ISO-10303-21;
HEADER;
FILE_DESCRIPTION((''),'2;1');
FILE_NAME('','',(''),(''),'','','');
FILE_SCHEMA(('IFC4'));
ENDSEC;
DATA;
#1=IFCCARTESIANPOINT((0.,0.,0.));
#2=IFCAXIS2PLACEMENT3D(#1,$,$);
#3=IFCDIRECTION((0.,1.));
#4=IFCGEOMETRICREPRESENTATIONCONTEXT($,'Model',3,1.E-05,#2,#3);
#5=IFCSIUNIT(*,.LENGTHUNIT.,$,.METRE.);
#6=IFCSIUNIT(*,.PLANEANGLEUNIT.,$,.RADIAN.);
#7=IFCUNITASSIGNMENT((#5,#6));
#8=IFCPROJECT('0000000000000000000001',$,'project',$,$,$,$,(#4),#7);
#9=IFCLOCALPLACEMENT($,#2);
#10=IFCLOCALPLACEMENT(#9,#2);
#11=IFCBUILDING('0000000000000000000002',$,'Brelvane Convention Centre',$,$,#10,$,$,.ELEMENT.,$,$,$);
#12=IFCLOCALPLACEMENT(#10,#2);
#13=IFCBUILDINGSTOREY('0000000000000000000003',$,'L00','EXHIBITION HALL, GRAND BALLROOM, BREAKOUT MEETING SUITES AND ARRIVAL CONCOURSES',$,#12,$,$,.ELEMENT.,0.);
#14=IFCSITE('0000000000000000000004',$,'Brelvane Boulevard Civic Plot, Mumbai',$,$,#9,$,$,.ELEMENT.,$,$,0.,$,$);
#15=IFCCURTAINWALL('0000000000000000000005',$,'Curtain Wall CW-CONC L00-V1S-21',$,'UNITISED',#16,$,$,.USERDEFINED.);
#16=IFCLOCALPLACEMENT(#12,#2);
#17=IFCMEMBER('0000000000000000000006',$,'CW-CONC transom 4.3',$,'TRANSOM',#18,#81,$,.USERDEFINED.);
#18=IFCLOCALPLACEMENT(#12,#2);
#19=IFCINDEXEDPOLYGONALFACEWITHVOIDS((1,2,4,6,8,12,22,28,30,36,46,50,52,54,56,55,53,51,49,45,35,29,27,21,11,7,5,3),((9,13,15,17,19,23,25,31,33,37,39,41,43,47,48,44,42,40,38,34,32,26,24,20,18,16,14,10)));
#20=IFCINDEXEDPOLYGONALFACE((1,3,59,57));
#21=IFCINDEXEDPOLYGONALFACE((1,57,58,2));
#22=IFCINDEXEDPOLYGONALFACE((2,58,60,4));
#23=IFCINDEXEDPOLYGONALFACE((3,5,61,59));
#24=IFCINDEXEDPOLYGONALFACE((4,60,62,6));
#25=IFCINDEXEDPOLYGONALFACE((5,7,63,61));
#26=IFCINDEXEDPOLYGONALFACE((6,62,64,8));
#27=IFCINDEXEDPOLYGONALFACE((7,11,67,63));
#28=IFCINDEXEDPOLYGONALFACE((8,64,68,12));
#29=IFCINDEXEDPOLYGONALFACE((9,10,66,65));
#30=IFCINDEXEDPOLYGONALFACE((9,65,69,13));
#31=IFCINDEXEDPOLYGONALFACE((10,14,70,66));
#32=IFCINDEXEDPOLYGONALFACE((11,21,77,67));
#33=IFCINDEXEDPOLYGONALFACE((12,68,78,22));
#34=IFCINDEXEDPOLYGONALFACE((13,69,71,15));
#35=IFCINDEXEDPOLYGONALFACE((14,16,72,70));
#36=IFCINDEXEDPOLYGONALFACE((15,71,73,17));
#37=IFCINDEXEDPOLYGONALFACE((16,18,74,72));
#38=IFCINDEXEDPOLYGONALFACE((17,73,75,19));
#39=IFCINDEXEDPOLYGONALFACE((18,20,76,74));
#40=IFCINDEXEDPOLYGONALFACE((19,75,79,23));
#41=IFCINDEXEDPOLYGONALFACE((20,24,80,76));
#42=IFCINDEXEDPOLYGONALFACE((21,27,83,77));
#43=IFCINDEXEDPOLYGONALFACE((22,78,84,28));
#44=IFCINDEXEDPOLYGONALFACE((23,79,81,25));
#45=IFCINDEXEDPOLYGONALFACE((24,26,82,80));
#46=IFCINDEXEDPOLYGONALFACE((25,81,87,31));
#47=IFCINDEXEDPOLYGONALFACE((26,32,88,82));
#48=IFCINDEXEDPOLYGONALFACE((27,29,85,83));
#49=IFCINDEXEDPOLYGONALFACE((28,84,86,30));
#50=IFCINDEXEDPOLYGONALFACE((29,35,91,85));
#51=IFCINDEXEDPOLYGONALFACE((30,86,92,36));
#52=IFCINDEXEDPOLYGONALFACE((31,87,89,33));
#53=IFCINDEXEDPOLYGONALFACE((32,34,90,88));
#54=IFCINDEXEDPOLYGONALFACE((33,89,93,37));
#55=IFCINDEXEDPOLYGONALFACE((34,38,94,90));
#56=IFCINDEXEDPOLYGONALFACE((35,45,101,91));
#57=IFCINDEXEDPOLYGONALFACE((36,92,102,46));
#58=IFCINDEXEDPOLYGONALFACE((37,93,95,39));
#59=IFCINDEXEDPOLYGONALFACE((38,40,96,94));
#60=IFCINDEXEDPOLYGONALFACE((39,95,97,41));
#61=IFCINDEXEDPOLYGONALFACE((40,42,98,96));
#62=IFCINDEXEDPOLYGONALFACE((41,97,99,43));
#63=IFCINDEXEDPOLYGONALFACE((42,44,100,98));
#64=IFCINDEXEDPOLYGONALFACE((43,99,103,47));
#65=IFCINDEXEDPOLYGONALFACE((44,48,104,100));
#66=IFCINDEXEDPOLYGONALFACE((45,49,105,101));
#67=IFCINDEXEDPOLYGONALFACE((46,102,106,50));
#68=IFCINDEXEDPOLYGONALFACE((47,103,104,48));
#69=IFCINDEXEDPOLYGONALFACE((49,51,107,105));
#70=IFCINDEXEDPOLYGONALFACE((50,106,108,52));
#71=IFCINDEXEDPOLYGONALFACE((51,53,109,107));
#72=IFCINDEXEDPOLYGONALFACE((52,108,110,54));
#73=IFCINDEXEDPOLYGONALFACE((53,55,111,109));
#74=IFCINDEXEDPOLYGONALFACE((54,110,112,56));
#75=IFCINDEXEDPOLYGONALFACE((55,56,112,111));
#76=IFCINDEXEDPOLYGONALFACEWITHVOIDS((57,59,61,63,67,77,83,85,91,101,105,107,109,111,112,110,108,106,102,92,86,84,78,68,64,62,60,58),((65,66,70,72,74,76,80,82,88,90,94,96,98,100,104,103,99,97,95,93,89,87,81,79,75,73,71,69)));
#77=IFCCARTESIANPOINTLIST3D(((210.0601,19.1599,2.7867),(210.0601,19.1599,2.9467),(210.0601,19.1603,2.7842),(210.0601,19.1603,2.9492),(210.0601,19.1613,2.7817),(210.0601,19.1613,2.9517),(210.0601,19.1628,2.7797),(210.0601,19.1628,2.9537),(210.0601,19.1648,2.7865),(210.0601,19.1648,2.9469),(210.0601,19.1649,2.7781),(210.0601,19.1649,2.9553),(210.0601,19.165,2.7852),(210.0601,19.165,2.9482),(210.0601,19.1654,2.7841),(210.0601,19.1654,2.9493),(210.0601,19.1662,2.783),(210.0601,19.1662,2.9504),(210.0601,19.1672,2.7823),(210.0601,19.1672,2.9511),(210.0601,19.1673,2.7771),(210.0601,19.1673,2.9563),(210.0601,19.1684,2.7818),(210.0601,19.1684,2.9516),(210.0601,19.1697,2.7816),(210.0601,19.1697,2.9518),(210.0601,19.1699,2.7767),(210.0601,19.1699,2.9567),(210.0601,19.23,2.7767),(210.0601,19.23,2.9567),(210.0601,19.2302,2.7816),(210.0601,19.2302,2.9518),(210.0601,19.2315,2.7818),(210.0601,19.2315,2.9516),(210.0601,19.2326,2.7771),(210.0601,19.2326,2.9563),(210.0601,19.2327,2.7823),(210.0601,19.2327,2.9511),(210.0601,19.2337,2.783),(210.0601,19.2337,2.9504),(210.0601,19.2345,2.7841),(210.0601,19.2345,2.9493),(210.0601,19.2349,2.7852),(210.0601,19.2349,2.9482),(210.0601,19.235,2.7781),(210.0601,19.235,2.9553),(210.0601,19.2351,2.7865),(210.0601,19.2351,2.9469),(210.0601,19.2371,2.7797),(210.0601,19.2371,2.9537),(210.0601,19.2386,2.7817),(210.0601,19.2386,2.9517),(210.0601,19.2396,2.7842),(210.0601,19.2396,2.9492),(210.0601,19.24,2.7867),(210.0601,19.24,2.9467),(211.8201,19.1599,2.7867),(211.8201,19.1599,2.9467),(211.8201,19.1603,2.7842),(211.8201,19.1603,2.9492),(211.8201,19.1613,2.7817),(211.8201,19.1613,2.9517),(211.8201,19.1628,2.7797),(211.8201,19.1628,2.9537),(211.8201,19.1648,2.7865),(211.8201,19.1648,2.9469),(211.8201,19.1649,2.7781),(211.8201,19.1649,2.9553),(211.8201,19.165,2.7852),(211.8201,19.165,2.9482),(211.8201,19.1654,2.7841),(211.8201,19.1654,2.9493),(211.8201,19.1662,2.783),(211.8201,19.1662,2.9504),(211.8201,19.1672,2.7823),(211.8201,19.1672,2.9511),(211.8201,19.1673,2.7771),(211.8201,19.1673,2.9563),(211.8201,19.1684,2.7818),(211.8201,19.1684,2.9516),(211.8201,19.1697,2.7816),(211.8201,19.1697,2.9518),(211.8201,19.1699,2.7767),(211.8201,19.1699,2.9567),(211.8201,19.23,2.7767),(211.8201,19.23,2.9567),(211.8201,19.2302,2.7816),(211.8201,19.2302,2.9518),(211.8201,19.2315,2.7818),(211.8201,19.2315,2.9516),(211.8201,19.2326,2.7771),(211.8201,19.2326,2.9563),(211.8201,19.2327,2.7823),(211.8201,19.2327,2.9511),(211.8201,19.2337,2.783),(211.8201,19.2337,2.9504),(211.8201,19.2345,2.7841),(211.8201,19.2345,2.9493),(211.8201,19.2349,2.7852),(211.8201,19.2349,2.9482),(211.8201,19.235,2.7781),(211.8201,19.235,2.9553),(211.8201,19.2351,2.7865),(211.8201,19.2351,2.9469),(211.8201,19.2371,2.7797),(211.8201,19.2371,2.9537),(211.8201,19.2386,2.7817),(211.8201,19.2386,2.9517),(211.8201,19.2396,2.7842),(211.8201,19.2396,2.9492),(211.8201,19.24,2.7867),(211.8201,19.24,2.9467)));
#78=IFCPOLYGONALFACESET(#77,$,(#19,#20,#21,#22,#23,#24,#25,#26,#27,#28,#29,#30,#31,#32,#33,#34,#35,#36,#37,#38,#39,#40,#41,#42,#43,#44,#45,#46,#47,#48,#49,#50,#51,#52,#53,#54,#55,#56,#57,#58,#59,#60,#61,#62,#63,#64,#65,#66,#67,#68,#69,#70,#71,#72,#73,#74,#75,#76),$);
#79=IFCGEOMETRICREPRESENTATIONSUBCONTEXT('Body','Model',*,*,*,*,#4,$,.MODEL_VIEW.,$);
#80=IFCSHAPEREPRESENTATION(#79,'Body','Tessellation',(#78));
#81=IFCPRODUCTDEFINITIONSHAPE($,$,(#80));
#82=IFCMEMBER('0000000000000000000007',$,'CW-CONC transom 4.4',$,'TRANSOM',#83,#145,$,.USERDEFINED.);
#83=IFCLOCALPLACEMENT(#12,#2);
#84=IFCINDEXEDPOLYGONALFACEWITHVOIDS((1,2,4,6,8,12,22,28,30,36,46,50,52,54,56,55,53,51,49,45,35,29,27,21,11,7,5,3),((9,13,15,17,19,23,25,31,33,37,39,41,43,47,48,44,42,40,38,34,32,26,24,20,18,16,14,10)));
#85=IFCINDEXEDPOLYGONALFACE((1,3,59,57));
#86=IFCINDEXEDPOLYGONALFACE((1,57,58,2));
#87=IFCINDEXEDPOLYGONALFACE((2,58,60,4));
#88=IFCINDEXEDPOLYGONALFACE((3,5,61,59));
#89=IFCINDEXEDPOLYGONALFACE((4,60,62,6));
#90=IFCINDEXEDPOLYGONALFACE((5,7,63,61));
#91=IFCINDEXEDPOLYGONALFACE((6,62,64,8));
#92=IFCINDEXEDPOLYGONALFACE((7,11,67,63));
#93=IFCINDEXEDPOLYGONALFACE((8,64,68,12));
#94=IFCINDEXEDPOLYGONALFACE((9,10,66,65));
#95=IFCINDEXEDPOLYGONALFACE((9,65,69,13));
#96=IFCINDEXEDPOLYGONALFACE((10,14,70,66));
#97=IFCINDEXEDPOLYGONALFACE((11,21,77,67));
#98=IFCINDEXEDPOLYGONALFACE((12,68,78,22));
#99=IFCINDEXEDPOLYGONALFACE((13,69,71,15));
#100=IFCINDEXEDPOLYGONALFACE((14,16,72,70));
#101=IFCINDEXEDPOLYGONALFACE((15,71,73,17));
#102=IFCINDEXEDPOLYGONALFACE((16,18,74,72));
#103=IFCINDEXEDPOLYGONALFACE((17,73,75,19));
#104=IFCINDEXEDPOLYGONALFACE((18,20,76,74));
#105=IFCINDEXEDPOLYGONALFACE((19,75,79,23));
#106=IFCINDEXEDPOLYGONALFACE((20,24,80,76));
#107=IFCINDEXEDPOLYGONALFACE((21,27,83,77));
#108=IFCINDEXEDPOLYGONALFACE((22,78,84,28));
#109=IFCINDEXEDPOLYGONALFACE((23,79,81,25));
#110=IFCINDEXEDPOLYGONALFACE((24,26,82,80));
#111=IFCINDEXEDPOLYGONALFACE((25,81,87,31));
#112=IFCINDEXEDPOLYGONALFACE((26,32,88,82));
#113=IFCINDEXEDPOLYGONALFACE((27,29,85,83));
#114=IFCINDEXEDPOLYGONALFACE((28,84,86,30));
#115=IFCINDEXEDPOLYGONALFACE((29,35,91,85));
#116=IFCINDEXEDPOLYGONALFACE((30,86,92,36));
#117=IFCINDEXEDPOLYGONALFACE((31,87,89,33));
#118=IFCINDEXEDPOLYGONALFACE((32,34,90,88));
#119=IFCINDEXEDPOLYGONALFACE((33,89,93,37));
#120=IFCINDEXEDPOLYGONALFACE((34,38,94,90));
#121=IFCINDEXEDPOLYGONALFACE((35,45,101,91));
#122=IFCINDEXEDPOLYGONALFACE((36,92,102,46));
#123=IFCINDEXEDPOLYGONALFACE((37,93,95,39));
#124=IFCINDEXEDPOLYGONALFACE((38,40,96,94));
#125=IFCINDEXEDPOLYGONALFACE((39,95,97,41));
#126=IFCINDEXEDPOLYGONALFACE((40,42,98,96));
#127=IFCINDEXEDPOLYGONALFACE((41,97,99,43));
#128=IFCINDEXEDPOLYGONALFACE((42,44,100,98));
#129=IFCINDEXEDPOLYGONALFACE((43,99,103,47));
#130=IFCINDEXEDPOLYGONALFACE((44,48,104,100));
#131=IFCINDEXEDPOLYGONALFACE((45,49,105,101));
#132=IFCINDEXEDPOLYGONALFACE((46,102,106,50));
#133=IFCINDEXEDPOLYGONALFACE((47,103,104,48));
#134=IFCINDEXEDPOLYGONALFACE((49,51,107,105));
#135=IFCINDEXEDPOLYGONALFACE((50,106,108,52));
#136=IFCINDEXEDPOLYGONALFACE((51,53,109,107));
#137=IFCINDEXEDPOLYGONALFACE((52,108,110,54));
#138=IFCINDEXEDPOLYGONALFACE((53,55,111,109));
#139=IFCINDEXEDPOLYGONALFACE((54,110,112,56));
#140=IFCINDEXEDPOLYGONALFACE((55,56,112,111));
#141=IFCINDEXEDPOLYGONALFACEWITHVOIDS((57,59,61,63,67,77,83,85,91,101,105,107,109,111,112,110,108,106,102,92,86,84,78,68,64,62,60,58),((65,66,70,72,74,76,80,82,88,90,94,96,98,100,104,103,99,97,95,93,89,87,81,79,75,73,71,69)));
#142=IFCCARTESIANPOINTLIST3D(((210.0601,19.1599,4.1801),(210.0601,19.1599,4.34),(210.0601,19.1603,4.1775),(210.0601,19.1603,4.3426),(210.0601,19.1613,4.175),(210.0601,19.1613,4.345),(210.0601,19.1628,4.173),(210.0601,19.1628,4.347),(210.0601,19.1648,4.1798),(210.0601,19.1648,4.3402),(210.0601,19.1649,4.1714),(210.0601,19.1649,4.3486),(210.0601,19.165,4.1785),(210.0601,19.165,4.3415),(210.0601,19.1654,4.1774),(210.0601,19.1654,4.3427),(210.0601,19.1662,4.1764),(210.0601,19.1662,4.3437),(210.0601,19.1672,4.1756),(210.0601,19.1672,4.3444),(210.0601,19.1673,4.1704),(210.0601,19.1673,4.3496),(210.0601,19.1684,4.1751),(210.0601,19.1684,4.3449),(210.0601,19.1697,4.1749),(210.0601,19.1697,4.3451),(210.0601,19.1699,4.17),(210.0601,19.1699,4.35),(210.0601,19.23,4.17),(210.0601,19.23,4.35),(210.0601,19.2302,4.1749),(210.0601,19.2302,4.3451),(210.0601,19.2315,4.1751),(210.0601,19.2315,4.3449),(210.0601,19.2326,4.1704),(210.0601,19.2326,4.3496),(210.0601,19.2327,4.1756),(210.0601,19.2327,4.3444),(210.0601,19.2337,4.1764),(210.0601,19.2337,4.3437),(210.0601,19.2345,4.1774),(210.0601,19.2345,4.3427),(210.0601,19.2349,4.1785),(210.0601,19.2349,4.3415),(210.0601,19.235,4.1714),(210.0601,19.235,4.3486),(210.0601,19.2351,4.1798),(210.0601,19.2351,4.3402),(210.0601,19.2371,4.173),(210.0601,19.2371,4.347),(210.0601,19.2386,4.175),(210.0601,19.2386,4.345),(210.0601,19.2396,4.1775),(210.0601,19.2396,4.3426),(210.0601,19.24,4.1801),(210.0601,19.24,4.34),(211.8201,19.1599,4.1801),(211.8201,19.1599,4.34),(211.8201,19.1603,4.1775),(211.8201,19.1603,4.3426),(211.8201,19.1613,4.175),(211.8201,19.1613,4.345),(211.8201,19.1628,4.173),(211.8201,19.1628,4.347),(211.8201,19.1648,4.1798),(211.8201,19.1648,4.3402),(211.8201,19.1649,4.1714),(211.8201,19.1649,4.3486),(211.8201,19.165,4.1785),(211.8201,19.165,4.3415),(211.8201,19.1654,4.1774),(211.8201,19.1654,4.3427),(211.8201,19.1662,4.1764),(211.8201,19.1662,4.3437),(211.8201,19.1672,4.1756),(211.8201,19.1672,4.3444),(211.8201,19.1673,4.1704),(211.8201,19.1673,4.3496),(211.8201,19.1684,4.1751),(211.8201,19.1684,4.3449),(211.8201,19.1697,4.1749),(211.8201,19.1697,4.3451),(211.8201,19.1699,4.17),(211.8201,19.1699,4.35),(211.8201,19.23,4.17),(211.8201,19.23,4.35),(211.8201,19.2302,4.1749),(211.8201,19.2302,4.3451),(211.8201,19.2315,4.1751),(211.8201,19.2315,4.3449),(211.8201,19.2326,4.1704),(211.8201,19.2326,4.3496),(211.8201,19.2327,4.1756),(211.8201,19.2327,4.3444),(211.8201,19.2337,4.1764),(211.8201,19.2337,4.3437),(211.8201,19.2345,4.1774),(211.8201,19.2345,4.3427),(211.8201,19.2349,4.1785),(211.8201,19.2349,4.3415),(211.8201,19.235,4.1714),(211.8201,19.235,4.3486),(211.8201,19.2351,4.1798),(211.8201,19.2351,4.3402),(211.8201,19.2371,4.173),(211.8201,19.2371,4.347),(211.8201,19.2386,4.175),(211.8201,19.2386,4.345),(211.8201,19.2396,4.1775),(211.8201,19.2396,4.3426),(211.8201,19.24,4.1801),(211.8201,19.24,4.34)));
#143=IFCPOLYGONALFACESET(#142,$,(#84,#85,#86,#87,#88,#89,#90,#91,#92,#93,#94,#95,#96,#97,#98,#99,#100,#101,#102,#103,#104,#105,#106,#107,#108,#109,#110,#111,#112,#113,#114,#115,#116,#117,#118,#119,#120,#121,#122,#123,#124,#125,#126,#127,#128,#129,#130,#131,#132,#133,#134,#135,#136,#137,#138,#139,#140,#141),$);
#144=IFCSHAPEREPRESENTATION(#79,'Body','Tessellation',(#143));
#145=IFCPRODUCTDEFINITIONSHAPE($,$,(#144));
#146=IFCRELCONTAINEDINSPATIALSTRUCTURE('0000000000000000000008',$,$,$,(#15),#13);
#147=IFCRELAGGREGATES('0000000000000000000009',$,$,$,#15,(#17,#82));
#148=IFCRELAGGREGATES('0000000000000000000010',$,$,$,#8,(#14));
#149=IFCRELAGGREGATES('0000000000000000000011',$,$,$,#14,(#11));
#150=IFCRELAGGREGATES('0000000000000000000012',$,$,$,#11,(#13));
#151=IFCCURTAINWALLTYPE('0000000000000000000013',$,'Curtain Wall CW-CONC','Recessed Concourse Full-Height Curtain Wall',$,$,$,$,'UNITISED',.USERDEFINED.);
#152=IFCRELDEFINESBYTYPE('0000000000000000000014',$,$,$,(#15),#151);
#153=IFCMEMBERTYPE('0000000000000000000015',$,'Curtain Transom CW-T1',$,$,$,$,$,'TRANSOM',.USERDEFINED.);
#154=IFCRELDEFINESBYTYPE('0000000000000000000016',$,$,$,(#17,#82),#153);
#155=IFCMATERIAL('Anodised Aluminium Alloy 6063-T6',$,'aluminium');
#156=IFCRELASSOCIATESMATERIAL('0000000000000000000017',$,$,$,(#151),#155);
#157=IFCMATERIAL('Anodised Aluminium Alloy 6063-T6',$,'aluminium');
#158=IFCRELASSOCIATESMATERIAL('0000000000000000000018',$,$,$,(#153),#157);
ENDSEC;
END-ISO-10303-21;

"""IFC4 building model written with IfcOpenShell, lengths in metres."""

from ifc_helpers import new_model, si_unit, direction, frame, origin, origin_2d, place, context, subcontext, project, spatial, hollow_rectangle, extrude, material, material_profile, profile_set, type_object, element, aggregate, save


model = new_model("IFC4")

# Units and contexts
model_context = context("Model", 3, precision=1e-05, world=origin(), true_north=direction((0.0, 1.0)))
body_context = subcontext(model_context, "Body", "Model", "MODEL_VIEW")
ifc_project = project(units=[si_unit("LENGTHUNIT", "METRE"), si_unit("PLANEANGLEUNIT", "RADIAN")], contexts=[model_context])

# Site, building, storey
site_placement = place(None, origin())
site = spatial("IfcSite", under=ifc_project, at=site_placement, Name="Brelvane Boulevard Civic Plot, Mumbai", CompositionType="ELEMENT", RefElevation=0.0)
building_placement = place(site_placement, origin())
building = spatial("IfcBuilding", under=site, at=building_placement, Name="Brelvane Convention Centre", CompositionType="ELEMENT")
storey_placement = place(building_placement, origin())
storey = spatial("IfcBuildingStorey", under=building, at=storey_placement, Name="L00", Description="EXHIBITION HALL, GRAND BALLROOM, BREAKOUT MEETING SUITES AND ARRIVAL CONCOURSES", CompositionType="ELEMENT", Elevation=0.0)

# Curtain wall, members
ifc_material_1 = material(Name="Anodised Aluminium Alloy 6063-T6", Category="aluminium")
curtain_wall_type = type_object("IfcCurtainWallType", Name="Curtain Wall CW-CONC", Description="Recessed Concourse Full-Height Curtain Wall", ElementType="UNITISED", PredefinedType="USERDEFINED", material=ifc_material_1)
curtain_wall_placement = place(storey_placement, origin())
curtain_wall = element("IfcCurtainWall", 1, at=curtain_wall_placement, inside=storey, type_object=curtain_wall_type, Name="Curtain Wall CW-CONC L00-V1S-21", ObjectType="UNITISED", PredefinedType="USERDEFINED")
ifc_material_2 = material(Name="Anodised Aluminium Alloy 6063-T6", Category="aluminium")
ifc_material_profile_1 = material_profile(ifc_material_2, hollow_rectangle(XDim=0.0801, YDim=0.1799, WallThickness=0.0049, InnerFilletRadius=0.0049, OuterFilletRadius=0.01, at=origin_2d()), Name="ALU-T 180x80x5.0")
ifc_profile_set_1 = profile_set([ifc_material_profile_1], Name="Anodised Aluminium Alloy 6063-T6")
member_type_1 = type_object("IfcMemberType", Name="Curtain Transom CW-T1", ElementType="TRANSOM", PredefinedType="USERDEFINED", material=ifc_profile_set_1)
member_1_placement = place(storey_placement, frame((210.0601, 19.2, 2.8667), z_axis=(1.0, 0.0, 0.0), x_axis=(0.0, 1.0, 0.0)))
member_1 = element("IfcMember", 2, at=member_1_placement, type_object=member_type_1, Name="CW-CONC transom 4.3", ObjectType="TRANSOM", PredefinedType="USERDEFINED", context=body_context, shape_type="SweptSolid", body=[
    extrude(hollow_rectangle(XDim=0.0801, YDim=0.1799, WallThickness=0.0049, InnerFilletRadius=0.0049, OuterFilletRadius=0.01, at=origin_2d()), origin(), (0.0, 0.0, 1.0), 1.76),
])
member_2_placement = place(storey_placement, frame((210.0601, 19.2, 4.26), z_axis=(1.0, 0.0, 0.0), x_axis=(0.0, 1.0, 0.0)))
member_2 = element("IfcMember", 3, at=member_2_placement, type_object=member_type_1, Name="CW-CONC transom 4.4", ObjectType="TRANSOM", PredefinedType="USERDEFINED", context=body_context, shape_type="SweptSolid", body=[
    extrude(hollow_rectangle(XDim=0.0801, YDim=0.1799, WallThickness=0.0049, InnerFilletRadius=0.0049, OuterFilletRadius=0.01, at=origin_2d()), origin(), (0.0, 0.0, 1.0), 1.76),
])
aggregate(curtain_wall, [member_1, member_2])

save(model, "model.ifc")
